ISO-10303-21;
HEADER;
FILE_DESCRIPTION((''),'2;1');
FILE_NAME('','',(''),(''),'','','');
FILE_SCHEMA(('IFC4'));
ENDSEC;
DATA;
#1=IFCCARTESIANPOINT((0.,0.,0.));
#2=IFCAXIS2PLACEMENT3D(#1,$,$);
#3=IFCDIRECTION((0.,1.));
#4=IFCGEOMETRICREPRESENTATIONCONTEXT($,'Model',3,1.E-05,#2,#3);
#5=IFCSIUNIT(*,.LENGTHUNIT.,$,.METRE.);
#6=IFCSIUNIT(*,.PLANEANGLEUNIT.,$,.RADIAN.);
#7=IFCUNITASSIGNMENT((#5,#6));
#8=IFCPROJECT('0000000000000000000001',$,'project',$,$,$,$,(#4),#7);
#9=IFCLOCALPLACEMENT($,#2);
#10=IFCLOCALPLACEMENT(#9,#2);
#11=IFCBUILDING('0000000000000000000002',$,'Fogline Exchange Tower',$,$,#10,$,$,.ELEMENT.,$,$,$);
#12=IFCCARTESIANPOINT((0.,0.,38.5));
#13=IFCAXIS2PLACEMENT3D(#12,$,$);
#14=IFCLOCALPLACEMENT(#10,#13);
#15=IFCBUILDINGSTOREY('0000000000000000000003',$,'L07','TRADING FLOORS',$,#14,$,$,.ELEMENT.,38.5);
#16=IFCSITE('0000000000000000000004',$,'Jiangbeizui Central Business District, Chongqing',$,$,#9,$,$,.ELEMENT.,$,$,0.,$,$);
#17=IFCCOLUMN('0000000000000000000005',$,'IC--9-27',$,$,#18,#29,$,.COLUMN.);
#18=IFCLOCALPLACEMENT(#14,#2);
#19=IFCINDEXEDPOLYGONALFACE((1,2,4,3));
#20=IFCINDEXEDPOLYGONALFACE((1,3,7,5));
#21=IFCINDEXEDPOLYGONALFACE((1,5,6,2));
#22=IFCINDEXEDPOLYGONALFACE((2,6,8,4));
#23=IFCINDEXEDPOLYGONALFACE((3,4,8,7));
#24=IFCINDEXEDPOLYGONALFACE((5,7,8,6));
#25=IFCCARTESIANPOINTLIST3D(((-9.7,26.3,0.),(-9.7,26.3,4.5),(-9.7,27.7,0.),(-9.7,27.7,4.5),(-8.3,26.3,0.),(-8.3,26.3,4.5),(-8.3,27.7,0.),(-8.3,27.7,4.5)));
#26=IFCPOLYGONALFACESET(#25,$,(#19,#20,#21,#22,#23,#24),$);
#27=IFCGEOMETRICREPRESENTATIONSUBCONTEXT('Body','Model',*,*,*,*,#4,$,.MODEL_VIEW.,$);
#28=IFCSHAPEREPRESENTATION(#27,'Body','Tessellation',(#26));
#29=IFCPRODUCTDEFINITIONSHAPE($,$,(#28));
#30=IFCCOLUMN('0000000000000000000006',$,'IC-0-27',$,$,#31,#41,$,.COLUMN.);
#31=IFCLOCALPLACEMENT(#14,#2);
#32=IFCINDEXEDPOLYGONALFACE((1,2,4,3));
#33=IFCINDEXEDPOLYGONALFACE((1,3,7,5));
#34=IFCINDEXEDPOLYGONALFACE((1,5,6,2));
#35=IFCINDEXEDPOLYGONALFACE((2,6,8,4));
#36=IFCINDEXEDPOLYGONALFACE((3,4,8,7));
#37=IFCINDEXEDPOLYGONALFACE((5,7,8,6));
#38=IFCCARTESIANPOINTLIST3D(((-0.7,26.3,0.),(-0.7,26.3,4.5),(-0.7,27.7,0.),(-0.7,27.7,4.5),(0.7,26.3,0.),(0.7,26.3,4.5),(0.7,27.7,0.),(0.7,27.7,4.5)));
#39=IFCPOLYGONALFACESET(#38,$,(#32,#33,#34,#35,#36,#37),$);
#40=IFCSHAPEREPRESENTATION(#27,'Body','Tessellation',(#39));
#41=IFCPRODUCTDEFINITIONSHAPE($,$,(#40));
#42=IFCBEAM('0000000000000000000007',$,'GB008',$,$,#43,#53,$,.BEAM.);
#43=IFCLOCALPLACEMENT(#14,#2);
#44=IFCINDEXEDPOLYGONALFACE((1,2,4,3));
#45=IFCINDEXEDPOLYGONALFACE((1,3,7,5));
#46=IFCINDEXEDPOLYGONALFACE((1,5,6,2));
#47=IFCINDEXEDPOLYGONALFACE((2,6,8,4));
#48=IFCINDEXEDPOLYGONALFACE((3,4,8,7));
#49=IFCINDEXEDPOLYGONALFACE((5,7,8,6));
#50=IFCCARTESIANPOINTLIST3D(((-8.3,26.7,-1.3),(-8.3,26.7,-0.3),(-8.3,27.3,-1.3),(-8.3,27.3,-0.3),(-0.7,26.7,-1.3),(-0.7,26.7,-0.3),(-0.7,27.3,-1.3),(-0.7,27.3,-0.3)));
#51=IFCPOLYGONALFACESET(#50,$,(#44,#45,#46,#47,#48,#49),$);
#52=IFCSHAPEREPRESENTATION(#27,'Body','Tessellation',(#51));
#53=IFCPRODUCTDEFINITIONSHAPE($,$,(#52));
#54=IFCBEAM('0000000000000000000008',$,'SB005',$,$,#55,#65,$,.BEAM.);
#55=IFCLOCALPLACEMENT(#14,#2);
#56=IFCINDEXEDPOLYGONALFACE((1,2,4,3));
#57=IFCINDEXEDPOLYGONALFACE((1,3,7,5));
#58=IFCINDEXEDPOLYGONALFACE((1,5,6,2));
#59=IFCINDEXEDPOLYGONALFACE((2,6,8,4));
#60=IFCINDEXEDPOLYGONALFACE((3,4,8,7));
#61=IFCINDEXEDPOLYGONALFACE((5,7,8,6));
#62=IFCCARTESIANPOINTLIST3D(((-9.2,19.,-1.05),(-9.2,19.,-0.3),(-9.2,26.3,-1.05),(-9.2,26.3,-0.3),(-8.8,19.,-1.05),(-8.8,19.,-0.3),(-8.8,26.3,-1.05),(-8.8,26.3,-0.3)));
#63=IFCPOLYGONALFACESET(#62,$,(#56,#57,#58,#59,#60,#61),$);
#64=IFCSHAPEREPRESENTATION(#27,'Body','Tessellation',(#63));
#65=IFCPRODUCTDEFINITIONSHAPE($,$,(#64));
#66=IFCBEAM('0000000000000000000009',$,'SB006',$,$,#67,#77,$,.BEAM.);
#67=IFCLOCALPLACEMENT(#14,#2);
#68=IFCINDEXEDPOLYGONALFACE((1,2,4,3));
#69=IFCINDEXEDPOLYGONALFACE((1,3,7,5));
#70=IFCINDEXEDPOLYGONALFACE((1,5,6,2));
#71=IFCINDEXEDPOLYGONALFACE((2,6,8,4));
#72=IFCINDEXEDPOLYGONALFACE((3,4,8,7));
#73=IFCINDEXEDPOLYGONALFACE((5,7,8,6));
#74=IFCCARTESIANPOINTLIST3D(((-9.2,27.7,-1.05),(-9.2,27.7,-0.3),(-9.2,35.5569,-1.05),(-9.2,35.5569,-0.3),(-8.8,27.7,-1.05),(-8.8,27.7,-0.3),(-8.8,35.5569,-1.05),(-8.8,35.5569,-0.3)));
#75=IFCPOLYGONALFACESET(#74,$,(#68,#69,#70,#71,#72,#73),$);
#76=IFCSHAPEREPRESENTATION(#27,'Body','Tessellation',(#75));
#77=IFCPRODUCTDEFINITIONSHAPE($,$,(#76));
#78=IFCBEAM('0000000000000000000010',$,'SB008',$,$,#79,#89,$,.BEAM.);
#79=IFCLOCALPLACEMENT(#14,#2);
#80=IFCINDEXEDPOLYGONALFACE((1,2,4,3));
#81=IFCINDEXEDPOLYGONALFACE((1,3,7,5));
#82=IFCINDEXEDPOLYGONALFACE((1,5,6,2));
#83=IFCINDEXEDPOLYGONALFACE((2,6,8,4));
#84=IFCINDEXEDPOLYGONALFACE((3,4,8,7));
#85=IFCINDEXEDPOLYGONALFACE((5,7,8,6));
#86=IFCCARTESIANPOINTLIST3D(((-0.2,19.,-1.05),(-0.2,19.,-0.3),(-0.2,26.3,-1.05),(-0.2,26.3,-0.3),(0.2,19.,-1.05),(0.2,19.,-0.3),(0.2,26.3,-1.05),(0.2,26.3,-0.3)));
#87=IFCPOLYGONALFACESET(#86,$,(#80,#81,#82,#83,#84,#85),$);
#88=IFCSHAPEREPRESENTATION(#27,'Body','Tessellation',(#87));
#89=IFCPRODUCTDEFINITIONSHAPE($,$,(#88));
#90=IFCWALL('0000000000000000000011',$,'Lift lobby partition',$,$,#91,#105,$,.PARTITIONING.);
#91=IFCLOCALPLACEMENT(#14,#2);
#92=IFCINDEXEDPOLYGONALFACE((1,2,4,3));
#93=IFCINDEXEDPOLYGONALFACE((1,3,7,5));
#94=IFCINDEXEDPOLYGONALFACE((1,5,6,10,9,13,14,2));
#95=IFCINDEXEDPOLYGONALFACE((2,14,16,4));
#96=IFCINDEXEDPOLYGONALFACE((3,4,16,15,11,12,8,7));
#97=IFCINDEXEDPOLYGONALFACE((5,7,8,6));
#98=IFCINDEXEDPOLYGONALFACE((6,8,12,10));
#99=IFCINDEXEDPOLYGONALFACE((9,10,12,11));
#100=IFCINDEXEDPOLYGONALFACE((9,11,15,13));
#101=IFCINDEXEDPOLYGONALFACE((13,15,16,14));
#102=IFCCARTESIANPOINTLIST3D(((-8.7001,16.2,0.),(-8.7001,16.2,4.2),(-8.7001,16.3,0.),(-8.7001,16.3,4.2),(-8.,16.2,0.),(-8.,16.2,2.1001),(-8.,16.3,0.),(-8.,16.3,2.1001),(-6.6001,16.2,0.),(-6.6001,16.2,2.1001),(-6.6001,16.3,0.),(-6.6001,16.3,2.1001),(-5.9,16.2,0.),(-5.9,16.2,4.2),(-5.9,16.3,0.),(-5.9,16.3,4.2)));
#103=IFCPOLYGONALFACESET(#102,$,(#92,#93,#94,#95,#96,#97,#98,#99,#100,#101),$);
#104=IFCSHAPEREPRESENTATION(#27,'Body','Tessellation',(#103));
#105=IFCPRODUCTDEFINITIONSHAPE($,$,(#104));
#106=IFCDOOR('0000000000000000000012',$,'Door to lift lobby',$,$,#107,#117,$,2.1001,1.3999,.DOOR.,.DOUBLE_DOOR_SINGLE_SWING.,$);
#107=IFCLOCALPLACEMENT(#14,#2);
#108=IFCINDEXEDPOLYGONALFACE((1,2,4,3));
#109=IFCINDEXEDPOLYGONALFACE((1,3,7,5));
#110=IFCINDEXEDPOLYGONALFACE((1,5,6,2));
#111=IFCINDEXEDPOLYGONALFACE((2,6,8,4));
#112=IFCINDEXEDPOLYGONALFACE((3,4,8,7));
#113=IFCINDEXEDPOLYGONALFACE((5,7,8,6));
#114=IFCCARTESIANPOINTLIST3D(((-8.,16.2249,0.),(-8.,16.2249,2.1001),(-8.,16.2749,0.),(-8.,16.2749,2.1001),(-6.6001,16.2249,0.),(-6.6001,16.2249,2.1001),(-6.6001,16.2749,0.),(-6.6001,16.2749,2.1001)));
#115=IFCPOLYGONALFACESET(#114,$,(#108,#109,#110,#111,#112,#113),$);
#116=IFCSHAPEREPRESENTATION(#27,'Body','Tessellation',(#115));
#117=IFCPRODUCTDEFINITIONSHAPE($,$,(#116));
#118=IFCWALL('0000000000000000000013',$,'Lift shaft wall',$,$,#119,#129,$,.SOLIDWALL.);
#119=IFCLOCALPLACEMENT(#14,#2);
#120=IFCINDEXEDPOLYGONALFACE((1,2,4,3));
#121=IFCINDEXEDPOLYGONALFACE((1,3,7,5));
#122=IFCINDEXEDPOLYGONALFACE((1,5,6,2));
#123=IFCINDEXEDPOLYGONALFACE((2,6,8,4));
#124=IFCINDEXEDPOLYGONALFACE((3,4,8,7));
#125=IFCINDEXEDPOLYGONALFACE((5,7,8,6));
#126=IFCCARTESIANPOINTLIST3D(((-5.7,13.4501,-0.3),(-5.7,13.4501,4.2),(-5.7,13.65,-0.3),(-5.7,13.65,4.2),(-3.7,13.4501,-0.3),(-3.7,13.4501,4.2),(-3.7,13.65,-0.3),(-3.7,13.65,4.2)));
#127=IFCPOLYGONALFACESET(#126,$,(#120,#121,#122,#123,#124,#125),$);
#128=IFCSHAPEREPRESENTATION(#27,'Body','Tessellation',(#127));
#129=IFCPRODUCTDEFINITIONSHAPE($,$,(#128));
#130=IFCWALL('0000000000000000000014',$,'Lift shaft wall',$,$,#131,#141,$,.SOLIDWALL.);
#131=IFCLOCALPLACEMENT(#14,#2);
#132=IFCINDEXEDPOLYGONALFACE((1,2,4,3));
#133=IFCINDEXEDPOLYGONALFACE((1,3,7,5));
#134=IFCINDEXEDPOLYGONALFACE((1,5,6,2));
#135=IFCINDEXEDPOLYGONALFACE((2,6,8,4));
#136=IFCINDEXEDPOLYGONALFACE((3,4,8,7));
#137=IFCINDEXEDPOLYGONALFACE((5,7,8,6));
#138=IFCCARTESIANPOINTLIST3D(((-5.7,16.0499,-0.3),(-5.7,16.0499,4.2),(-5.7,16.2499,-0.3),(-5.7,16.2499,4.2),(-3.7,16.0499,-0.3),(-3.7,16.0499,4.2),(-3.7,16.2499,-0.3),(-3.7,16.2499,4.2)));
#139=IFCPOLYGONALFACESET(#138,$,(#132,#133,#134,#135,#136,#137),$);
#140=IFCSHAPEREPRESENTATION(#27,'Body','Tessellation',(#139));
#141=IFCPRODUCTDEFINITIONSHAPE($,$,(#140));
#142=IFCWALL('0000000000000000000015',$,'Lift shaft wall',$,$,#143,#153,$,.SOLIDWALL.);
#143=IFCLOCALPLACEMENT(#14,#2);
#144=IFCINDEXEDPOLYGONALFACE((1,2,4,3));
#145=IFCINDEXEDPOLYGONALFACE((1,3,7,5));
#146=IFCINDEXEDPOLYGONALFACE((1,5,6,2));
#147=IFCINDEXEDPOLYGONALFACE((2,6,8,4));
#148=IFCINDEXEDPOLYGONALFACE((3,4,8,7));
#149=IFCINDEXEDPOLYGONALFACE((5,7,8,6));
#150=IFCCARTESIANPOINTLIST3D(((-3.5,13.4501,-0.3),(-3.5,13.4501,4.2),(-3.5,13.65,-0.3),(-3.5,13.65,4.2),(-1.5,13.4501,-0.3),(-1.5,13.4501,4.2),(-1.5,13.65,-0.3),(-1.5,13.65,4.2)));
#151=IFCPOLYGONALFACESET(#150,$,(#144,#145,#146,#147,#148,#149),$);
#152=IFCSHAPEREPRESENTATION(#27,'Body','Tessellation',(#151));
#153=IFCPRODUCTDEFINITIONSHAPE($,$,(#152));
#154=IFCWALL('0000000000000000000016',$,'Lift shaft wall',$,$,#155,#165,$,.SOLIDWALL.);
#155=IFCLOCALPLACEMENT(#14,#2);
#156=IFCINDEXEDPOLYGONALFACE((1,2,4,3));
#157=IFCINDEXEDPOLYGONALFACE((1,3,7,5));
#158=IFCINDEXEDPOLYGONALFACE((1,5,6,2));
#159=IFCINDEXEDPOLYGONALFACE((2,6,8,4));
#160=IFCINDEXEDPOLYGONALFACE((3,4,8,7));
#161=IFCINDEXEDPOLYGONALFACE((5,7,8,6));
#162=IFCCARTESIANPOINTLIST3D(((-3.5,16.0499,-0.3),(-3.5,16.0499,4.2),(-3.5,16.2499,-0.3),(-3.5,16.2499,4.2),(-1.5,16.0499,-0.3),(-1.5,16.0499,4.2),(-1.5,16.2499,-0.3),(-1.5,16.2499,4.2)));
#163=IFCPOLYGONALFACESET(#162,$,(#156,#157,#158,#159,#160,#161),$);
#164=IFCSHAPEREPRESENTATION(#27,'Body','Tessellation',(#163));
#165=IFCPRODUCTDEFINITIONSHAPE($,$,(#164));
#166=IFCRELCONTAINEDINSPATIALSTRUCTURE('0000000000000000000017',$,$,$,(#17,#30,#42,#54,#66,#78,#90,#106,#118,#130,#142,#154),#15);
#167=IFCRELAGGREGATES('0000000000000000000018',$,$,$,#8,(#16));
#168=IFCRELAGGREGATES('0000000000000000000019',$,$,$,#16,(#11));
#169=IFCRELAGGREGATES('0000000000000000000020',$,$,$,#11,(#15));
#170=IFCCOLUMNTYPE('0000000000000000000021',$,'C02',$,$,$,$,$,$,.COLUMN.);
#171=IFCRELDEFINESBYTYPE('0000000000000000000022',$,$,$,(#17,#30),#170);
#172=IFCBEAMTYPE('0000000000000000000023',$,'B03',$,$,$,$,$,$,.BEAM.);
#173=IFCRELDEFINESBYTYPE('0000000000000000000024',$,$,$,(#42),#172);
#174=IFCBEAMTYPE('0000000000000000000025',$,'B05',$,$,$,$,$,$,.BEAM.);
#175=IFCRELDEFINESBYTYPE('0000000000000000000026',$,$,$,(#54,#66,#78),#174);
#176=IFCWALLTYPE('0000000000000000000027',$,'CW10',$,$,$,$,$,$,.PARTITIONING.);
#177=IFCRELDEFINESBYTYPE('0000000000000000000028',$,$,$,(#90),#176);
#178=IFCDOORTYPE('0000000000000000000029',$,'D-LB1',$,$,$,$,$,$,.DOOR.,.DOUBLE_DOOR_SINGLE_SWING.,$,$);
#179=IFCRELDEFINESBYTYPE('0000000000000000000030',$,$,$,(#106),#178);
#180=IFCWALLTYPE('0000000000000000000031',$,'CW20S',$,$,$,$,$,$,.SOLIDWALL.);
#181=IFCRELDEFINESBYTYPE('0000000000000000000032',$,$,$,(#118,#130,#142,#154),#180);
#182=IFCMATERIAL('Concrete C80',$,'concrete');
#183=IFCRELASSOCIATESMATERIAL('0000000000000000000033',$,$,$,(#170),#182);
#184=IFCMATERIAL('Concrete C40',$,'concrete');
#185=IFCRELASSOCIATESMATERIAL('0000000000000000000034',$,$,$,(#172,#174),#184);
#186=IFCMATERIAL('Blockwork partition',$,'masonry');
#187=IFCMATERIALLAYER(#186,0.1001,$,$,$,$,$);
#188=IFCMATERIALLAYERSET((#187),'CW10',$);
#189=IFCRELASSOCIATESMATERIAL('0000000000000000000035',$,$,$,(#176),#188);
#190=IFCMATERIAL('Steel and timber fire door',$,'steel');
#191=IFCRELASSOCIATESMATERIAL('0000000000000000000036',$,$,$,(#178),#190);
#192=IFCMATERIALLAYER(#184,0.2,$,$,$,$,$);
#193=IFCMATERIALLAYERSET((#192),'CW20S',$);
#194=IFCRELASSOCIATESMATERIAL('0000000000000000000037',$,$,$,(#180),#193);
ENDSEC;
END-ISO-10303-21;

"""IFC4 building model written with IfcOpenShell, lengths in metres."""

from ifc_helpers import new_model, si_unit, direction, frame, frame_2d, origin, origin_2d, place, context, subcontext, project, spatial, rectangle, extrude, material, layer, layer_set, material_profile, profile_set, type_object, element, fill, save


model = new_model("IFC4")

# Units and contexts
model_context = context("Model", 3, precision=1e-05, world=origin(), true_north=direction((0.0, 1.0)))
body_context = subcontext(model_context, "Body", "Model", "MODEL_VIEW")
ifc_project = project(units=[si_unit("LENGTHUNIT", "METRE"), si_unit("PLANEANGLEUNIT", "RADIAN")], contexts=[model_context])

# Site, building, storey
site_placement = place(None, origin())
site = spatial("IfcSite", under=ifc_project, at=site_placement, Name="Jiangbeizui Central Business District, Chongqing", CompositionType="ELEMENT", RefElevation=0.0)
building_placement = place(site_placement, origin())
building = spatial("IfcBuilding", under=site, at=building_placement, Name="Fogline Exchange Tower", CompositionType="ELEMENT")
storey_placement = place(building_placement, frame((0.0, 0.0, 38.5)))
storey = spatial("IfcBuildingStorey", under=building, at=storey_placement, Name="L07", Description="TRADING FLOORS", CompositionType="ELEMENT", Elevation=38.5)

# Columns
ifc_material_1 = material(Name="Concrete C80", Category="concrete")
ifc_material_profile_1 = material_profile(ifc_material_1, rectangle(XDim=1.3999, YDim=1.3999, at=origin_2d()), Name="RC 1400x1400")
ifc_profile_set_1 = profile_set([ifc_material_profile_1], Name="Concrete C80")
column_type = type_object("IfcColumnType", Name="C02", PredefinedType="COLUMN", material=ifc_profile_set_1)
for number, where, z_axis, x_axis, name in (
    (1, (-9.0, 27.0, 0.0), (0.0, 0.0, 1.0), (1.0, 0.0, 0.0), "IC--9-27"),
    (2, (0.0, 27.0, 0.0), (0.0, 0.0, 1.0), (1.0, 0.0, 0.0), "IC-0-27"),
):
    element("IfcColumn", number, at=place(storey_placement, frame(where, z_axis=z_axis, x_axis=x_axis)), inside=storey, type_object=column_type, Name=name, PredefinedType="COLUMN", context=body_context, shape_type="SweptSolid", body=[
        extrude(rectangle(XDim=1.3999, YDim=1.3999, at=origin_2d()), origin(), (0.0, 0.0, 1.0), 4.5),
    ])

# Beams
ifc_material_2 = material(Name="Concrete C40", Category="concrete")
ifc_material_profile_2 = material_profile(ifc_material_2, rectangle(XDim=0.6001, YDim=1.0, at=origin_2d()), Name="RC 600x1000")
ifc_profile_set_2 = profile_set([ifc_material_profile_2], Name="Concrete C40")
beam_type_1 = type_object("IfcBeamType", Name="B03", PredefinedType="BEAM", material=ifc_profile_set_2)
beam_1_placement = place(storey_placement, frame((-8.3, 27.0, -0.8), z_axis=(1.0, 0.0, 0.0), x_axis=(0.0, 1.0, 0.0)))
element("IfcBeam", 3, at=beam_1_placement, inside=storey, type_object=beam_type_1, Name="GB008", PredefinedType="BEAM", context=body_context, shape_type="SweptSolid", body=[
    extrude(rectangle(XDim=0.6001, YDim=1.0, at=origin_2d()), origin(), (0.0, 0.0, 1.0), 7.6001),
])
ifc_material_profile_3 = material_profile(ifc_material_2, rectangle(XDim=0.3999, YDim=0.75, at=origin_2d()), Name="RC 400x750")
ifc_profile_set_3 = profile_set([ifc_material_profile_3], Name="Concrete C40")
beam_type_2 = type_object("IfcBeamType", Name="B05", PredefinedType="BEAM", material=ifc_profile_set_3)
beam_2_placement = place(storey_placement, frame((-9.0, 19.0, -0.675), z_axis=(0.0, 1.0, 0.0), x_axis=(-1.0, 0.0, 0.0)))
element("IfcBeam", 4, at=beam_2_placement, inside=storey, type_object=beam_type_2, Name="SB005", PredefinedType="BEAM", context=body_context, shape_type="SweptSolid", body=[
    extrude(rectangle(XDim=0.3999, YDim=0.75, at=origin_2d()), origin(), (0.0, 0.0, 1.0), 7.3),
])
beam_3_placement = place(storey_placement, frame((-9.0, 27.7, -0.675), z_axis=(0.0, 1.0, 0.0), x_axis=(-1.0, 0.0, 0.0)))
element("IfcBeam", 5, at=beam_3_placement, inside=storey, type_object=beam_type_2, Name="SB006", PredefinedType="BEAM", context=body_context, shape_type="SweptSolid", body=[
    extrude(rectangle(XDim=0.3999, YDim=0.75, at=origin_2d()), origin(), (0.0, 0.0, 1.0), 7.8569),
])
beam_4_placement = place(storey_placement, frame((0.0, 19.0, -0.675), z_axis=(0.0, 1.0, 0.0), x_axis=(-1.0, 0.0, 0.0)))
element("IfcBeam", 6, at=beam_4_placement, inside=storey, type_object=beam_type_2, Name="SB008", PredefinedType="BEAM", context=body_context, shape_type="SweptSolid", body=[
    extrude(rectangle(XDim=0.3999, YDim=0.75, at=origin_2d()), origin(), (0.0, 0.0, 1.0), 7.3),
])

# Wall, opening, door
ifc_material_3 = material(Name="Blockwork partition", Category="masonry")
ifc_layer_1 = layer(ifc_material_3, 0.1001)
ifc_layer_set_1 = layer_set([ifc_layer_1], Name="CW10")
wall_type_1 = type_object("IfcWallType", Name="CW10", PredefinedType="PARTITIONING", material=ifc_layer_set_1)
wall_1_placement = place(storey_placement, frame((-8.7, 16.25, 0.0), z_axis=(0.0, 0.0, 1.0), x_axis=(1.0, 0.0, 0.0)))
wall_1 = element("IfcWall", 7, at=wall_1_placement, inside=storey, type_object=wall_type_1, Name="Lift lobby partition", PredefinedType="PARTITIONING", context=body_context, shape_type="SweptSolid", body=[
    extrude(rectangle(XDim=2.8, YDim=0.1001, at=frame_2d((1.3999, 0.0))), origin(), (0.0, 0.0, 1.0), 4.2),
])
opening_1_placement = place(wall_1_placement, frame((0.7, 0.0, 0.0)))
opening_1 = element("IfcOpeningElement", 8, at=opening_1_placement, cuts=wall_1, PredefinedType="OPENING", context=body_context, shape_type="SweptSolid", body=[
    extrude(rectangle(XDim=1.3999, YDim=2.1001, at=frame_2d((0.7, 1.05))), frame((0.0, 0.0601, 0.0), z_axis=(0.0, -1.0, 0.0), x_axis=(1.0, 0.0, 0.0)), (0.0, 0.0, 1.0), 0.1201),
])
ifc_material_4 = material(Name="Steel and timber fire door", Category="steel")
door_type_1 = type_object("IfcDoorType", Name="D-LB1", OperationType="DOUBLE_DOOR_SINGLE_SWING", PredefinedType="DOOR", material=ifc_material_4)
door_1_placement = place(opening_1_placement, origin())
door_1 = element("IfcDoor", 9, at=door_1_placement, inside=storey, type_object=door_type_1, Name="Door to lift lobby", OperationType="DOUBLE_DOOR_SINGLE_SWING", OverallHeight=2.1001, OverallWidth=1.3999, PredefinedType="DOOR", context=body_context, shape_type="SweptSolid", body=[
    extrude(rectangle(XDim=1.3999, YDim=2.1001, at=frame_2d((0.7, 1.05))), frame((0.0, 0.0249, 0.0), z_axis=(0.0, -1.0, 0.0), x_axis=(1.0, 0.0, 0.0)), (0.0, 0.0, 1.0), 0.05),
])
fill(opening_1, door_1)

# Walls
ifc_layer_2 = layer(ifc_material_2, 0.2)
ifc_layer_set_2 = layer_set([ifc_layer_2], Name="CW20S")
wall_type_2 = type_object("IfcWallType", Name="CW20S", PredefinedType="SOLIDWALL", material=ifc_layer_set_2)
for number, where, z_axis, x_axis, name in (
    (10, (-5.7, 13.55, -0.3), (0.0, 0.0, 1.0), (1.0, 0.0, 0.0), "Lift shaft wall"),
    (11, (-5.7, 16.1499, -0.3), (0.0, 0.0, 1.0), (1.0, 0.0, 0.0), "Lift shaft wall"),
    (12, (-3.5, 13.55, -0.3), (0.0, 0.0, 1.0), (1.0, 0.0, 0.0), "Lift shaft wall"),
    (13, (-3.5, 16.1499, -0.3), (0.0, 0.0, 1.0), (1.0, 0.0, 0.0), "Lift shaft wall"),
):
    element("IfcWall", number, at=place(storey_placement, frame(where, z_axis=z_axis, x_axis=x_axis)), inside=storey, type_object=wall_type_2, Name=name, PredefinedType="SOLIDWALL", context=body_context, shape_type="SweptSolid", body=[
        extrude(rectangle(XDim=2.0, YDim=0.2, at=frame_2d((1.0, 0.0))), origin(), (0.0, 0.0, 1.0), 4.5),
    ])

save(model, "model.ifc")
